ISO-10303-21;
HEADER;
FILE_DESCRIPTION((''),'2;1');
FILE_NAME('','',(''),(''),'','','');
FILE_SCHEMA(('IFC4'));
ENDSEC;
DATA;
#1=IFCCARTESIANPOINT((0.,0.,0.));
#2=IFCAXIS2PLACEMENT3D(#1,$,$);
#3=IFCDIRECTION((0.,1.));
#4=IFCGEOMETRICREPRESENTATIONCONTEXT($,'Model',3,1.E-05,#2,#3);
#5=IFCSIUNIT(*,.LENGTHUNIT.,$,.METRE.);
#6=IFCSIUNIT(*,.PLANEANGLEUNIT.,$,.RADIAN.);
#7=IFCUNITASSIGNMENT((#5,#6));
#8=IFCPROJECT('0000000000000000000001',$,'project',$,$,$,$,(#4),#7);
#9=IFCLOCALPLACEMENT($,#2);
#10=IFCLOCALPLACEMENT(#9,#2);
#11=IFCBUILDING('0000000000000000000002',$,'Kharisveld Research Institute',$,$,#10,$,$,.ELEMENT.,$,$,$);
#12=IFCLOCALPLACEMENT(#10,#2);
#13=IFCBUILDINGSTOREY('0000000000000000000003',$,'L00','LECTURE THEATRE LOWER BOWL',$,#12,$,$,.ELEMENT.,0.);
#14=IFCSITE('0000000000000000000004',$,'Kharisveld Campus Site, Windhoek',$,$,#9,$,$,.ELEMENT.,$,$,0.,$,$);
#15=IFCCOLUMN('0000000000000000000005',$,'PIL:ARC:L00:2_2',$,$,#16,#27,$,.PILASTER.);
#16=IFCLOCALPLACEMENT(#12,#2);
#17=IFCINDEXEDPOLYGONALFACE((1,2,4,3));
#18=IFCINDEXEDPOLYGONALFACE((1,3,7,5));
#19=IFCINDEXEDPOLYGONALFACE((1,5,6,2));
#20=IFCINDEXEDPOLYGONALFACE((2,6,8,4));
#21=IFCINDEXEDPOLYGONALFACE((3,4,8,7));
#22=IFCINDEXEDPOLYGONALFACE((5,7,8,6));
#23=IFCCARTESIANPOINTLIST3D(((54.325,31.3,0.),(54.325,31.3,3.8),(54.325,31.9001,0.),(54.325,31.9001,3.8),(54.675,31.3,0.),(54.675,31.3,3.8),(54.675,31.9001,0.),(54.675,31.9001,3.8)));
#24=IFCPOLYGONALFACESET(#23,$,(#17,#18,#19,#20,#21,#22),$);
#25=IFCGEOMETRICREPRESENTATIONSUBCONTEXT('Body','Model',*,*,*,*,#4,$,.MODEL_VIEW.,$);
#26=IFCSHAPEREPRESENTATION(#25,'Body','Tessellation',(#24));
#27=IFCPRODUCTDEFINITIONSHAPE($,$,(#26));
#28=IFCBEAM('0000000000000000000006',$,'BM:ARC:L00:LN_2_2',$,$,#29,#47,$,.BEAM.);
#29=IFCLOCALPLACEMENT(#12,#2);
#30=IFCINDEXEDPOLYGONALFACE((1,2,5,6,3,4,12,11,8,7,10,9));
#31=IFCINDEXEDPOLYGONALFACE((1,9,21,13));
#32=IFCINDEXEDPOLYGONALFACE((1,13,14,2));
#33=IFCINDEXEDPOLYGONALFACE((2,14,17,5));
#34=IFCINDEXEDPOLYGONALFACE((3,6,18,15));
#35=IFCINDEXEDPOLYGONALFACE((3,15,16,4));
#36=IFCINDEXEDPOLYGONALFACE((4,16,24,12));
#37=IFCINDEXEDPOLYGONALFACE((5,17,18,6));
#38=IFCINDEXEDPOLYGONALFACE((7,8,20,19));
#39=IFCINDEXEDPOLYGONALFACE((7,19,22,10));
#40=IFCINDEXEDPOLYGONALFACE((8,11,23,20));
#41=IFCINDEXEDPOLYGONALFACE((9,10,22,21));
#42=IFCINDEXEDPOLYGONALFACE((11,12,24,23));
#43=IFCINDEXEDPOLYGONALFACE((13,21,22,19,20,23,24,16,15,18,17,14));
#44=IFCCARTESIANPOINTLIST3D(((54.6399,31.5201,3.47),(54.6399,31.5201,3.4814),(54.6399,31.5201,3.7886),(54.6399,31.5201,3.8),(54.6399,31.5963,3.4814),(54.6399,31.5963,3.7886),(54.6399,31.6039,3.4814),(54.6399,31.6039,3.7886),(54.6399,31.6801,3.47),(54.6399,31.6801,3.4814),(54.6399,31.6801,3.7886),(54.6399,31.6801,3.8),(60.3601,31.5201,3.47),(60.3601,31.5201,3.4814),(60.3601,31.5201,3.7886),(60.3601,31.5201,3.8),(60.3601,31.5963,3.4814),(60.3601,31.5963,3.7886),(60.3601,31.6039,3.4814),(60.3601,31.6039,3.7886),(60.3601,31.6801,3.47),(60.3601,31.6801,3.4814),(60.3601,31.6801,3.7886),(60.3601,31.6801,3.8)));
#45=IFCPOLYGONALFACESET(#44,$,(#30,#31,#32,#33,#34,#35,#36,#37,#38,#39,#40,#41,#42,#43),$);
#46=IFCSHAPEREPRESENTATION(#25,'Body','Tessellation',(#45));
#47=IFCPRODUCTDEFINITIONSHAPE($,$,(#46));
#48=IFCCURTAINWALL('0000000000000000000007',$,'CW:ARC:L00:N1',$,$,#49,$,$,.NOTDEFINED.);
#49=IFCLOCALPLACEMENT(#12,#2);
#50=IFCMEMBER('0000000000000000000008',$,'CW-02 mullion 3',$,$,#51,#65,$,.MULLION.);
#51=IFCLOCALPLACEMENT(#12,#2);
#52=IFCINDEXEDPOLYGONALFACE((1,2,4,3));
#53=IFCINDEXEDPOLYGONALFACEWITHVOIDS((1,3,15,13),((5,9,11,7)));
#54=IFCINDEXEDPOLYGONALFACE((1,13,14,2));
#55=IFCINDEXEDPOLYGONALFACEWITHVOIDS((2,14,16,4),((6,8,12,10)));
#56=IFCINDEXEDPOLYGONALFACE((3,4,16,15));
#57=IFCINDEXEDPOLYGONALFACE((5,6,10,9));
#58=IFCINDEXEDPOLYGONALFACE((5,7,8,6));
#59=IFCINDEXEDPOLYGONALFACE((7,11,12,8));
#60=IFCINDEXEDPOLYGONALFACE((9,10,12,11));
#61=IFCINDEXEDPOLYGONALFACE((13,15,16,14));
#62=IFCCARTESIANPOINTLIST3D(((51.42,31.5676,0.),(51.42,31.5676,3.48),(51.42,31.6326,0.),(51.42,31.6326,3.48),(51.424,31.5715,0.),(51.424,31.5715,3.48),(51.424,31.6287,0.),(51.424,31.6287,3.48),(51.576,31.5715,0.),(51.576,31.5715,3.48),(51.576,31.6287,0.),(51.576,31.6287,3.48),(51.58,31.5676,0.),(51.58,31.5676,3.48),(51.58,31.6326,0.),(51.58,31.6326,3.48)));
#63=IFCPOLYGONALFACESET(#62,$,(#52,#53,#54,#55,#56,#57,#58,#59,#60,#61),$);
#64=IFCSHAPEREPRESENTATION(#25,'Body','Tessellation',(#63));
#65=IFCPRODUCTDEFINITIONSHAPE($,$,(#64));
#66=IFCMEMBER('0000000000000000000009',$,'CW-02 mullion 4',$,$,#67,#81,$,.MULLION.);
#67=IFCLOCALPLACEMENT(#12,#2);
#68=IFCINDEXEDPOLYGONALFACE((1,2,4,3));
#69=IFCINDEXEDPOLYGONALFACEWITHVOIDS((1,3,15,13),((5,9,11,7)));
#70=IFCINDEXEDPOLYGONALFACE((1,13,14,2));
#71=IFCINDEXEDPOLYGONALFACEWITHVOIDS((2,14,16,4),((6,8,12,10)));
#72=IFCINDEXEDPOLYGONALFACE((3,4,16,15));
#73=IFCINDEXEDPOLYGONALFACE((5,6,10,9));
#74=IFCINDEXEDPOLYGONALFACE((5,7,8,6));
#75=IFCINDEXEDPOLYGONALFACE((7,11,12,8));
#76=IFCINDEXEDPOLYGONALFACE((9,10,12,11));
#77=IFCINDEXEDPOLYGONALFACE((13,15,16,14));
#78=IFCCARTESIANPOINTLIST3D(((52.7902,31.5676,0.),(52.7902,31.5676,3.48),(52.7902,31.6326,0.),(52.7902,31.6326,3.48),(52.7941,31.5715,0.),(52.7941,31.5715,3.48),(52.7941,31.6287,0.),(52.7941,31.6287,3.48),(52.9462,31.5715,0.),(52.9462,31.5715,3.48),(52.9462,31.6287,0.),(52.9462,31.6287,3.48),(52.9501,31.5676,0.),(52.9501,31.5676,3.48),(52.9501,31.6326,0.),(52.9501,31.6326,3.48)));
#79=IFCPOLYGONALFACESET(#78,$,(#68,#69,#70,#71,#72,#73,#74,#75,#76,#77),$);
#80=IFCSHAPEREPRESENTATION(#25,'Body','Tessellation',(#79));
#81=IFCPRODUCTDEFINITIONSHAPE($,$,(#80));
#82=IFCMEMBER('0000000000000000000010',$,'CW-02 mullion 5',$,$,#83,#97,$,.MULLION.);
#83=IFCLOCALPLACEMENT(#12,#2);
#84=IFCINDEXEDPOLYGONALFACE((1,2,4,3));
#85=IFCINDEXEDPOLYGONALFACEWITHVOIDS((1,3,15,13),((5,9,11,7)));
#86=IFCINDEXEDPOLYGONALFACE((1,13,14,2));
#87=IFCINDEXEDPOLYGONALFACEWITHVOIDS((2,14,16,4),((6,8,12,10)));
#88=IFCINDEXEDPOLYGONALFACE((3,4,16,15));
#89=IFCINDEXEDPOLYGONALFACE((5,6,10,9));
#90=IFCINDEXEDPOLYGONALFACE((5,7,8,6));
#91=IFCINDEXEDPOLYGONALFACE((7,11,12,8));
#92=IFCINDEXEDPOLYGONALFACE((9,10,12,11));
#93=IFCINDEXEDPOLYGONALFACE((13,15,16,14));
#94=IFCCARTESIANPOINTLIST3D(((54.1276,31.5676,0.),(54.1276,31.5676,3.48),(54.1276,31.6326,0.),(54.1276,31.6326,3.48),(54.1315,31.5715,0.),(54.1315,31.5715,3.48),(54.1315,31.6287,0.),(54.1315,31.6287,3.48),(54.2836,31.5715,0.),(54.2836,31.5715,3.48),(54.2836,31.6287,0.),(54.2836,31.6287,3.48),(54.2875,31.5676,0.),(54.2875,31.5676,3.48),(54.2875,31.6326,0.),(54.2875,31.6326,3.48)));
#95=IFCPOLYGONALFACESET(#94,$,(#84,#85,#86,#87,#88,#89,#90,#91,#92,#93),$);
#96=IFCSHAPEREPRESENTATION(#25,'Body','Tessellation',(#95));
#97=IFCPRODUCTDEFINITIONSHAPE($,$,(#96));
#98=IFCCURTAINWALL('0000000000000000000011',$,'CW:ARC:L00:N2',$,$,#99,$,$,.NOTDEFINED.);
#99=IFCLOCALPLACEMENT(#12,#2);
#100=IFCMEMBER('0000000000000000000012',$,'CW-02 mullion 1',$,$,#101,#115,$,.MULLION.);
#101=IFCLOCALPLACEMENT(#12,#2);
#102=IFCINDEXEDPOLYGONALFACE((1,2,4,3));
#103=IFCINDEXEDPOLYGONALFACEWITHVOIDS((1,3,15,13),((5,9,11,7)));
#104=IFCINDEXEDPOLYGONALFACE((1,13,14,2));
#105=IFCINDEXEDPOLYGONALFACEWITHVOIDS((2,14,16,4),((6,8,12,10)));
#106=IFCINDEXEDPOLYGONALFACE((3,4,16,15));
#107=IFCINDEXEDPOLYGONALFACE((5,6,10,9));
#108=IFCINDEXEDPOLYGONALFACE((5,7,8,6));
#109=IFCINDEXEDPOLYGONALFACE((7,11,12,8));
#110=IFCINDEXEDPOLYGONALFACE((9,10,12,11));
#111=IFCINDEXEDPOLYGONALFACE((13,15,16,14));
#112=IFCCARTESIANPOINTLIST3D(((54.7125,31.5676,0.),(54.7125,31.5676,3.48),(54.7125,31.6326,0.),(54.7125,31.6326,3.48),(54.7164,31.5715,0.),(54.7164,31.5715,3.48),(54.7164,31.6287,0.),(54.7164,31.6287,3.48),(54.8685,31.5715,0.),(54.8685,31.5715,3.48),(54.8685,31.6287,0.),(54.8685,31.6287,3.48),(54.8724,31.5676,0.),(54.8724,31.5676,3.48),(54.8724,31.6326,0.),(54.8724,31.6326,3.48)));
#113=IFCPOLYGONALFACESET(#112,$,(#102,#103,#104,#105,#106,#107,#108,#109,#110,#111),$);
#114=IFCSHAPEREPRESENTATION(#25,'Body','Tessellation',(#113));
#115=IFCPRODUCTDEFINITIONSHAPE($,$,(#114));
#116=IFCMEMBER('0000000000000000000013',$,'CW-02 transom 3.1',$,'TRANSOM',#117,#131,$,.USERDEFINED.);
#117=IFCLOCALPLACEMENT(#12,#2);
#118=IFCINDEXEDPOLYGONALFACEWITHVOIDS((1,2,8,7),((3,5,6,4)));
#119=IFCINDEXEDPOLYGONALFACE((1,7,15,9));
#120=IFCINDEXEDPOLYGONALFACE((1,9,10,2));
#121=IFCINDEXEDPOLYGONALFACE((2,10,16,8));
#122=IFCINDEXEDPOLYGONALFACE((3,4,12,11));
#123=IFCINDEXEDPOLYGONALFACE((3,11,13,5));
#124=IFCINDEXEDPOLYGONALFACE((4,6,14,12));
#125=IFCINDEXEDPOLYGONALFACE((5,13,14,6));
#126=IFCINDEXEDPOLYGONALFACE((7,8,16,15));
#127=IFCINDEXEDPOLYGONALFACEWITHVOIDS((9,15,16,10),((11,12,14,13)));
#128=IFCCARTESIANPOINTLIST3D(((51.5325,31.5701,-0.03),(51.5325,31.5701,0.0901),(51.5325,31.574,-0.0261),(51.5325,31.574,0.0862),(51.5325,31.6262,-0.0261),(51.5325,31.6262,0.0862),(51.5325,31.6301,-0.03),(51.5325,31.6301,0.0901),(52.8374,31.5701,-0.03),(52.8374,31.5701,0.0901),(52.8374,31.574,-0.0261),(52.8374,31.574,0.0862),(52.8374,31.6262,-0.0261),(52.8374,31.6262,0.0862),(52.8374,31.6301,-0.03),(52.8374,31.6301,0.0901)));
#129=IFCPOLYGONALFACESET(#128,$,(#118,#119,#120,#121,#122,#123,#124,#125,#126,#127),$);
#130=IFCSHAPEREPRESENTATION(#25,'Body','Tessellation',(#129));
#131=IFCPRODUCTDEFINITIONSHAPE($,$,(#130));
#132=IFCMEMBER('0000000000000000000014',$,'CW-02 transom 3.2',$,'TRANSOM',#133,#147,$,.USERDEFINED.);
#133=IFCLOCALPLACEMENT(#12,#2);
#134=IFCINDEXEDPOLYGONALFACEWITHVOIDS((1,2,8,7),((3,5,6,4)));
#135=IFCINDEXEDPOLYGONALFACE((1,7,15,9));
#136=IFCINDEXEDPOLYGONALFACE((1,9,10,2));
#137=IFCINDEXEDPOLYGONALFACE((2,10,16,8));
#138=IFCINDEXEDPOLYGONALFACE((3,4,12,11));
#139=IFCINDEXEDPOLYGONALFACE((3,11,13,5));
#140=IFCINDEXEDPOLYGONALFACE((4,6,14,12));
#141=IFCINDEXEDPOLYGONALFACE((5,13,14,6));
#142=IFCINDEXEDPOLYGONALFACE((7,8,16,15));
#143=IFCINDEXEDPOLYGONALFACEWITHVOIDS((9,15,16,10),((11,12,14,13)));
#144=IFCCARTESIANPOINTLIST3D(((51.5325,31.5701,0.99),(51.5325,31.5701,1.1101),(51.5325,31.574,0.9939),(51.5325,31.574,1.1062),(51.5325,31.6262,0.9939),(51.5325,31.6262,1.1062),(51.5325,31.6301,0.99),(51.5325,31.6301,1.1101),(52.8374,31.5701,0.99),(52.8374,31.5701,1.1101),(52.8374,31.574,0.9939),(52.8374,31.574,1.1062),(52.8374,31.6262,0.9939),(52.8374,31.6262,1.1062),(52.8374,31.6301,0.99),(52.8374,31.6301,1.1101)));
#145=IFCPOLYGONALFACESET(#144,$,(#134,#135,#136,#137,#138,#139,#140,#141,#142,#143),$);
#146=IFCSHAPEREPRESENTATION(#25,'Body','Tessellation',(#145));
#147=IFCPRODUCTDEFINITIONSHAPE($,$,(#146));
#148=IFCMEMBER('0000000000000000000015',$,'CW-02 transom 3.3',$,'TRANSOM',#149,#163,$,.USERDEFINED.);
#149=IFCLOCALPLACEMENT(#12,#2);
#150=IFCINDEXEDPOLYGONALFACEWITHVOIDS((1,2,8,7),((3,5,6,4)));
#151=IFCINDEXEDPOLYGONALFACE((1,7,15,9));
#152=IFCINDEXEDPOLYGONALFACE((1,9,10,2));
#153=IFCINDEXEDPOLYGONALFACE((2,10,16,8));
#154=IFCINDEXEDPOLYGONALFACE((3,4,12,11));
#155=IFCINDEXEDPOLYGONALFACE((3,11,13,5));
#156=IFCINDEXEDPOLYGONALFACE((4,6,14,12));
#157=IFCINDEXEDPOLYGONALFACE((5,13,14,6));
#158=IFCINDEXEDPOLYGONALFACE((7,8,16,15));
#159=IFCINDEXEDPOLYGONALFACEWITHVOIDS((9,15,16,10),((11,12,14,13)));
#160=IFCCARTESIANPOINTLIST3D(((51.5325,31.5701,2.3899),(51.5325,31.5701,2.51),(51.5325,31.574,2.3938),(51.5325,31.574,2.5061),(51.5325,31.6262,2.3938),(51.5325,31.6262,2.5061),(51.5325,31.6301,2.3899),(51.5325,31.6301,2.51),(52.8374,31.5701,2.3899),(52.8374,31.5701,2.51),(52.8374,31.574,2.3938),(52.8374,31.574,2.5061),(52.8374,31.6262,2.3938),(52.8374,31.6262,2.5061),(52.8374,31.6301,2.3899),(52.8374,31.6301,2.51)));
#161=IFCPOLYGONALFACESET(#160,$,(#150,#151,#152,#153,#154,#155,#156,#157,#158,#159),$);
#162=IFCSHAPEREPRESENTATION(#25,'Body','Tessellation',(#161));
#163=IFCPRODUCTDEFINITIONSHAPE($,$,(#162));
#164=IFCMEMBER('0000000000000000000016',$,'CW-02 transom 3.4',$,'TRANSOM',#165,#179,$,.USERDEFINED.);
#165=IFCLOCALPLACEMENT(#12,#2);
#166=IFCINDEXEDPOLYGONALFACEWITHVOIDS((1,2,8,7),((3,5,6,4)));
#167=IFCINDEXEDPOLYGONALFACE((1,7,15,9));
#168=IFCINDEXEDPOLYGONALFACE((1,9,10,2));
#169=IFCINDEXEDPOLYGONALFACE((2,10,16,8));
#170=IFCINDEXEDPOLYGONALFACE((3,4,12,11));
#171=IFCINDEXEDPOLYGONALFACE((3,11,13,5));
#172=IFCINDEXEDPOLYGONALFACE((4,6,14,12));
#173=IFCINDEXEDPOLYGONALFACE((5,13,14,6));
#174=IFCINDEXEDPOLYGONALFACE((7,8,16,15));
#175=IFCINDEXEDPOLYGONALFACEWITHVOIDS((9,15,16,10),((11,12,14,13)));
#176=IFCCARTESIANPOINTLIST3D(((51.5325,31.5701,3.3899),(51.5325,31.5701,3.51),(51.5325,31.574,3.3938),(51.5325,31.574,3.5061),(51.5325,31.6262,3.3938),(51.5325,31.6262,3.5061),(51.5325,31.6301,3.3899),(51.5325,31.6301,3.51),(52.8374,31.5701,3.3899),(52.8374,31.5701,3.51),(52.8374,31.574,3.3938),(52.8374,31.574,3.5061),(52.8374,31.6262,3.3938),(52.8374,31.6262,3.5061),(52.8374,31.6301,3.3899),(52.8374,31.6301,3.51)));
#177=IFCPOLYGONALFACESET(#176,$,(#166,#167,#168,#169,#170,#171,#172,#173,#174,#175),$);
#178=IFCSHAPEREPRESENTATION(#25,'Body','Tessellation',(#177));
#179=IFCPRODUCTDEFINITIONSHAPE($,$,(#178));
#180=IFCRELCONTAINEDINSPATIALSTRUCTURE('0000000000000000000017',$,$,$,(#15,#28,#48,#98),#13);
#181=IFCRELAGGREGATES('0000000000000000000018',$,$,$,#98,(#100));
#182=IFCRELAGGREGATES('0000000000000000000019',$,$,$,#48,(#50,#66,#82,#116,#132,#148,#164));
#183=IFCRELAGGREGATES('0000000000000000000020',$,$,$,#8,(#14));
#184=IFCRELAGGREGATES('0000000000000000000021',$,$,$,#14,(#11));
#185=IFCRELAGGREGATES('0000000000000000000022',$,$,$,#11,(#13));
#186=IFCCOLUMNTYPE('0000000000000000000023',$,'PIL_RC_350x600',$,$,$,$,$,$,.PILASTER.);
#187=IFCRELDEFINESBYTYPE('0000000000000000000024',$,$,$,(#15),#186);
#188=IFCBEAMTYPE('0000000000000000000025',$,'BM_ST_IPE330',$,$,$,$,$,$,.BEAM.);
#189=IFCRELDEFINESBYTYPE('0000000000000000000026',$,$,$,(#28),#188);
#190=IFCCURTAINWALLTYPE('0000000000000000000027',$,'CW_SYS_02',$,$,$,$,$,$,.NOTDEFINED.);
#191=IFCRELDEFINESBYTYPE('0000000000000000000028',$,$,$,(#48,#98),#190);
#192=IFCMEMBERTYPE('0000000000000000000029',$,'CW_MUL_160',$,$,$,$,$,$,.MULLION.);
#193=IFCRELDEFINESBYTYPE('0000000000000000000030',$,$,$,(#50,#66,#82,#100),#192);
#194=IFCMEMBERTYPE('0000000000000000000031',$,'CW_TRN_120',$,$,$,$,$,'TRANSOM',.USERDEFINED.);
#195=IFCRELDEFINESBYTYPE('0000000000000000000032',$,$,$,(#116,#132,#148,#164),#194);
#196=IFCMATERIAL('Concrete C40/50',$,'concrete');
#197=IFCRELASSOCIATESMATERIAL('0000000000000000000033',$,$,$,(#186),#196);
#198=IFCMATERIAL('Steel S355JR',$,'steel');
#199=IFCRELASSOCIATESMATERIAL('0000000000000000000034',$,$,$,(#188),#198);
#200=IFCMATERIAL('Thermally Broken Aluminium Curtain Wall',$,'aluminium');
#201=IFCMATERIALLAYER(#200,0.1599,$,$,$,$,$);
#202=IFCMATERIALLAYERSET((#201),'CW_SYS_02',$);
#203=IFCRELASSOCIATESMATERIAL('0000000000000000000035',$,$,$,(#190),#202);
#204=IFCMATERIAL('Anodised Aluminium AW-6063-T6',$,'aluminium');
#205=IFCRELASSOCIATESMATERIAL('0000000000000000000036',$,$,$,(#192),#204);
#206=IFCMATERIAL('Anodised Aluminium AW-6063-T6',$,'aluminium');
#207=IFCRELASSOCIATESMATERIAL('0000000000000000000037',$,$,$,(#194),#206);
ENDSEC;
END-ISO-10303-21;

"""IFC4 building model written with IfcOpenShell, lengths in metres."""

from ifc_helpers import new_model, si_unit, direction, frame, origin, origin_2d, place, context, subcontext, project, spatial, rectangle, hollow_rectangle, i_section, extrude, material, layer, layer_set, material_profile, profile_set, type_object, element, aggregate, save


model = new_model("IFC4")

# Units and contexts
model_context = context("Model", 3, precision=1e-05, world=origin(), true_north=direction((0.0, 1.0)))
body_context = subcontext(model_context, "Body", "Model", "MODEL_VIEW")
ifc_project = project(units=[si_unit("LENGTHUNIT", "METRE"), si_unit("PLANEANGLEUNIT", "RADIAN")], contexts=[model_context])

# Site, building, storey
site_placement = place(None, origin())
site = spatial("IfcSite", under=ifc_project, at=site_placement, Name="Kharisveld Campus Site, Windhoek", CompositionType="ELEMENT", RefElevation=0.0)
building_placement = place(site_placement, origin())
building = spatial("IfcBuilding", under=site, at=building_placement, Name="Kharisveld Research Institute", CompositionType="ELEMENT")
storey_placement = place(building_placement, origin())
storey = spatial("IfcBuildingStorey", under=building, at=storey_placement, Name="L00", Description="LECTURE THEATRE LOWER BOWL", CompositionType="ELEMENT", Elevation=0.0)

# Column
ifc_material_1 = material(Name="Concrete C40/50", Category="concrete")
ifc_material_profile_1 = material_profile(ifc_material_1, rectangle(XDim=0.3501, YDim=0.6001, at=origin_2d()))
ifc_profile_set_1 = profile_set([ifc_material_profile_1], Name="Concrete C40/50")
column_type = type_object("IfcColumnType", Name="PIL_RC_350x600", PredefinedType="PILASTER", material=ifc_profile_set_1)
column_placement = place(storey_placement, frame((54.5, 31.6001, 0.0), z_axis=(0.0, 0.0, 1.0), x_axis=(1.0, 0.0, 0.0)))
element("IfcColumn", 1, at=column_placement, inside=storey, type_object=column_type, Name="PIL:ARC:L00:2_2", PredefinedType="PILASTER", context=body_context, shape_type="SweptSolid", body=[
    extrude(rectangle(XDim=0.3501, YDim=0.6001, at=origin_2d()), origin(), (0.0, 0.0, 1.0), 3.8),
])

# Beam
ifc_material_2 = material(Name="Steel S355JR", Category="steel")
ifc_material_profile_2 = material_profile(ifc_material_2, i_section(OverallWidth=0.1599, OverallDepth=0.3301, WebThickness=0.0076, FlangeThickness=0.0115, at=origin_2d()))
ifc_profile_set_2 = profile_set([ifc_material_profile_2], Name="Steel S355JR")
beam_type = type_object("IfcBeamType", Name="BM_ST_IPE330", PredefinedType="BEAM", material=ifc_profile_set_2)
beam_placement = place(storey_placement, frame((54.6399, 31.6001, 3.635), z_axis=(1.0, 0.0, 0.0), x_axis=(0.0, 1.0, 0.0)))
element("IfcBeam", 2, at=beam_placement, inside=storey, type_object=beam_type, Name="BM:ARC:L00:LN_2_2", PredefinedType="BEAM", context=body_context, shape_type="SweptSolid", body=[
    extrude(i_section(OverallWidth=0.1599, OverallDepth=0.3301, WebThickness=0.0076, FlangeThickness=0.0115, at=origin_2d()), origin(), (0.0, 0.0, 1.0), 5.7202),
])

# Curtain wall, members
ifc_material_3 = material(Name="Thermally Broken Aluminium Curtain Wall", Category="aluminium")
ifc_layer_1 = layer(ifc_material_3, 0.1599)
ifc_layer_set_1 = layer_set([ifc_layer_1], Name="CW_SYS_02")
curtain_wall_type = type_object("IfcCurtainWallType", Name="CW_SYS_02", PredefinedType="NOTDEFINED", material=ifc_layer_set_1)
curtain_wall_1_placement = place(storey_placement, origin())
curtain_wall_1 = element("IfcCurtainWall", 3, at=curtain_wall_1_placement, inside=storey, type_object=curtain_wall_type, Name="CW:ARC:L00:N1", PredefinedType="NOTDEFINED")
ifc_material_4 = material(Name="Anodised Aluminium AW-6063-T6", Category="aluminium")
ifc_material_profile_3 = material_profile(ifc_material_4, hollow_rectangle(XDim=0.0649, YDim=0.1599, WallThickness=0.0039, at=origin_2d()))
ifc_profile_set_3 = profile_set([ifc_material_profile_3], Name="Anodised Aluminium AW-6063-T6")
member_type_1 = type_object("IfcMemberType", Name="CW_MUL_160", PredefinedType="MULLION", material=ifc_profile_set_3)
member_1_placement = place(storey_placement, frame((51.5, 31.6001, 0.0), z_axis=(0.0, 0.0, 1.0), x_axis=(0.0, 1.0, 0.0)))
member_1 = element("IfcMember", 4, at=member_1_placement, type_object=member_type_1, Name="CW-02 mullion 3", PredefinedType="MULLION", context=body_context, shape_type="SweptSolid", body=[
    extrude(hollow_rectangle(XDim=0.0649, YDim=0.1599, WallThickness=0.0039, at=origin_2d()), origin(), (0.0, 0.0, 1.0), 3.48),
])
member_2_placement = place(storey_placement, frame((52.8701, 31.6001, 0.0), z_axis=(0.0, 0.0, 1.0), x_axis=(0.0, 1.0, 0.0)))
member_2 = element("IfcMember", 5, at=member_2_placement, type_object=member_type_1, Name="CW-02 mullion 4", PredefinedType="MULLION", context=body_context, shape_type="SweptSolid", body=[
    extrude(hollow_rectangle(XDim=0.0649, YDim=0.1599, WallThickness=0.0039, at=origin_2d()), origin(), (0.0, 0.0, 1.0), 3.48),
])
member_3_placement = place(storey_placement, frame((54.2075, 31.6001, 0.0), z_axis=(0.0, 0.0, 1.0), x_axis=(0.0, 1.0, 0.0)))
member_3 = element("IfcMember", 6, at=member_3_placement, type_object=member_type_1, Name="CW-02 mullion 5", PredefinedType="MULLION", context=body_context, shape_type="SweptSolid", body=[
    extrude(hollow_rectangle(XDim=0.0649, YDim=0.1599, WallThickness=0.0039, at=origin_2d()), origin(), (0.0, 0.0, 1.0), 3.48),
])

# Curtain wall, member
curtain_wall_2_placement = place(storey_placement, origin())
curtain_wall_2 = element("IfcCurtainWall", 7, at=curtain_wall_2_placement, inside=storey, type_object=curtain_wall_type, Name="CW:ARC:L00:N2", PredefinedType="NOTDEFINED")
member_4_placement = place(storey_placement, frame((54.7925, 31.6001, 0.0), z_axis=(0.0, 0.0, 1.0), x_axis=(0.0, 1.0, 0.0)))
member_4 = element("IfcMember", 8, at=member_4_placement, type_object=member_type_1, Name="CW-02 mullion 1", PredefinedType="MULLION", context=body_context, shape_type="SweptSolid", body=[
    extrude(hollow_rectangle(XDim=0.0649, YDim=0.1599, WallThickness=0.0039, at=origin_2d()), origin(), (0.0, 0.0, 1.0), 3.48),
])

# Members
ifc_material_5 = material(Name="Anodised Aluminium AW-6063-T6", Category="aluminium")
ifc_material_profile_4 = material_profile(ifc_material_5, hollow_rectangle(XDim=0.0601, YDim=0.1201, WallThickness=0.0039, at=origin_2d()))
ifc_profile_set_4 = profile_set([ifc_material_profile_4], Name="Anodised Aluminium AW-6063-T6")
member_type_2 = type_object("IfcMemberType", Name="CW_TRN_120", ElementType="TRANSOM", PredefinedType="USERDEFINED", material=ifc_profile_set_4)
member_5_placement = place(storey_placement, frame((51.5325, 31.6001, 0.03), z_axis=(1.0, 0.0, 0.0), x_axis=(0.0, 1.0, 0.0)))
member_5 = element("IfcMember", 9, at=member_5_placement, type_object=member_type_2, Name="CW-02 transom 3.1", ObjectType="TRANSOM", PredefinedType="USERDEFINED", context=body_context, shape_type="SweptSolid", body=[
    extrude(hollow_rectangle(XDim=0.0601, YDim=0.1201, WallThickness=0.0039, at=origin_2d()), origin(), (0.0, 0.0, 1.0), 1.3049),
])
member_6_placement = place(storey_placement, frame((51.5325, 31.6001, 1.05), z_axis=(1.0, 0.0, 0.0), x_axis=(0.0, 1.0, 0.0)))
member_6 = element("IfcMember", 10, at=member_6_placement, type_object=member_type_2, Name="CW-02 transom 3.2", ObjectType="TRANSOM", PredefinedType="USERDEFINED", context=body_context, shape_type="SweptSolid", body=[
    extrude(hollow_rectangle(XDim=0.0601, YDim=0.1201, WallThickness=0.0039, at=origin_2d()), origin(), (0.0, 0.0, 1.0), 1.3049),
])
member_7_placement = place(storey_placement, frame((51.5325, 31.6001, 2.45), z_axis=(1.0, 0.0, 0.0), x_axis=(0.0, 1.0, 0.0)))
member_7 = element("IfcMember", 11, at=member_7_placement, type_object=member_type_2, Name="CW-02 transom 3.3", ObjectType="TRANSOM", PredefinedType="USERDEFINED", context=body_context, shape_type="SweptSolid", body=[
    extrude(hollow_rectangle(XDim=0.0601, YDim=0.1201, WallThickness=0.0039, at=origin_2d()), origin(), (0.0, 0.0, 1.0), 1.3049),
])
member_8_placement = place(storey_placement, frame((51.5325, 31.6001, 3.45), z_axis=(1.0, 0.0, 0.0), x_axis=(0.0, 1.0, 0.0)))
member_8 = element("IfcMember", 12, at=member_8_placement, type_object=member_type_2, Name="CW-02 transom 3.4", ObjectType="TRANSOM", PredefinedType="USERDEFINED", context=body_context, shape_type="SweptSolid", body=[
    extrude(hollow_rectangle(XDim=0.0601, YDim=0.1201, WallThickness=0.0039, at=origin_2d()), origin(), (0.0, 0.0, 1.0), 1.3049),
])
aggregate(curtain_wall_2, [member_4])

aggregate(curtain_wall_1, [member_1, member_2, member_3, member_5, member_6, member_7, member_8])

save(model, "model.ifc")
